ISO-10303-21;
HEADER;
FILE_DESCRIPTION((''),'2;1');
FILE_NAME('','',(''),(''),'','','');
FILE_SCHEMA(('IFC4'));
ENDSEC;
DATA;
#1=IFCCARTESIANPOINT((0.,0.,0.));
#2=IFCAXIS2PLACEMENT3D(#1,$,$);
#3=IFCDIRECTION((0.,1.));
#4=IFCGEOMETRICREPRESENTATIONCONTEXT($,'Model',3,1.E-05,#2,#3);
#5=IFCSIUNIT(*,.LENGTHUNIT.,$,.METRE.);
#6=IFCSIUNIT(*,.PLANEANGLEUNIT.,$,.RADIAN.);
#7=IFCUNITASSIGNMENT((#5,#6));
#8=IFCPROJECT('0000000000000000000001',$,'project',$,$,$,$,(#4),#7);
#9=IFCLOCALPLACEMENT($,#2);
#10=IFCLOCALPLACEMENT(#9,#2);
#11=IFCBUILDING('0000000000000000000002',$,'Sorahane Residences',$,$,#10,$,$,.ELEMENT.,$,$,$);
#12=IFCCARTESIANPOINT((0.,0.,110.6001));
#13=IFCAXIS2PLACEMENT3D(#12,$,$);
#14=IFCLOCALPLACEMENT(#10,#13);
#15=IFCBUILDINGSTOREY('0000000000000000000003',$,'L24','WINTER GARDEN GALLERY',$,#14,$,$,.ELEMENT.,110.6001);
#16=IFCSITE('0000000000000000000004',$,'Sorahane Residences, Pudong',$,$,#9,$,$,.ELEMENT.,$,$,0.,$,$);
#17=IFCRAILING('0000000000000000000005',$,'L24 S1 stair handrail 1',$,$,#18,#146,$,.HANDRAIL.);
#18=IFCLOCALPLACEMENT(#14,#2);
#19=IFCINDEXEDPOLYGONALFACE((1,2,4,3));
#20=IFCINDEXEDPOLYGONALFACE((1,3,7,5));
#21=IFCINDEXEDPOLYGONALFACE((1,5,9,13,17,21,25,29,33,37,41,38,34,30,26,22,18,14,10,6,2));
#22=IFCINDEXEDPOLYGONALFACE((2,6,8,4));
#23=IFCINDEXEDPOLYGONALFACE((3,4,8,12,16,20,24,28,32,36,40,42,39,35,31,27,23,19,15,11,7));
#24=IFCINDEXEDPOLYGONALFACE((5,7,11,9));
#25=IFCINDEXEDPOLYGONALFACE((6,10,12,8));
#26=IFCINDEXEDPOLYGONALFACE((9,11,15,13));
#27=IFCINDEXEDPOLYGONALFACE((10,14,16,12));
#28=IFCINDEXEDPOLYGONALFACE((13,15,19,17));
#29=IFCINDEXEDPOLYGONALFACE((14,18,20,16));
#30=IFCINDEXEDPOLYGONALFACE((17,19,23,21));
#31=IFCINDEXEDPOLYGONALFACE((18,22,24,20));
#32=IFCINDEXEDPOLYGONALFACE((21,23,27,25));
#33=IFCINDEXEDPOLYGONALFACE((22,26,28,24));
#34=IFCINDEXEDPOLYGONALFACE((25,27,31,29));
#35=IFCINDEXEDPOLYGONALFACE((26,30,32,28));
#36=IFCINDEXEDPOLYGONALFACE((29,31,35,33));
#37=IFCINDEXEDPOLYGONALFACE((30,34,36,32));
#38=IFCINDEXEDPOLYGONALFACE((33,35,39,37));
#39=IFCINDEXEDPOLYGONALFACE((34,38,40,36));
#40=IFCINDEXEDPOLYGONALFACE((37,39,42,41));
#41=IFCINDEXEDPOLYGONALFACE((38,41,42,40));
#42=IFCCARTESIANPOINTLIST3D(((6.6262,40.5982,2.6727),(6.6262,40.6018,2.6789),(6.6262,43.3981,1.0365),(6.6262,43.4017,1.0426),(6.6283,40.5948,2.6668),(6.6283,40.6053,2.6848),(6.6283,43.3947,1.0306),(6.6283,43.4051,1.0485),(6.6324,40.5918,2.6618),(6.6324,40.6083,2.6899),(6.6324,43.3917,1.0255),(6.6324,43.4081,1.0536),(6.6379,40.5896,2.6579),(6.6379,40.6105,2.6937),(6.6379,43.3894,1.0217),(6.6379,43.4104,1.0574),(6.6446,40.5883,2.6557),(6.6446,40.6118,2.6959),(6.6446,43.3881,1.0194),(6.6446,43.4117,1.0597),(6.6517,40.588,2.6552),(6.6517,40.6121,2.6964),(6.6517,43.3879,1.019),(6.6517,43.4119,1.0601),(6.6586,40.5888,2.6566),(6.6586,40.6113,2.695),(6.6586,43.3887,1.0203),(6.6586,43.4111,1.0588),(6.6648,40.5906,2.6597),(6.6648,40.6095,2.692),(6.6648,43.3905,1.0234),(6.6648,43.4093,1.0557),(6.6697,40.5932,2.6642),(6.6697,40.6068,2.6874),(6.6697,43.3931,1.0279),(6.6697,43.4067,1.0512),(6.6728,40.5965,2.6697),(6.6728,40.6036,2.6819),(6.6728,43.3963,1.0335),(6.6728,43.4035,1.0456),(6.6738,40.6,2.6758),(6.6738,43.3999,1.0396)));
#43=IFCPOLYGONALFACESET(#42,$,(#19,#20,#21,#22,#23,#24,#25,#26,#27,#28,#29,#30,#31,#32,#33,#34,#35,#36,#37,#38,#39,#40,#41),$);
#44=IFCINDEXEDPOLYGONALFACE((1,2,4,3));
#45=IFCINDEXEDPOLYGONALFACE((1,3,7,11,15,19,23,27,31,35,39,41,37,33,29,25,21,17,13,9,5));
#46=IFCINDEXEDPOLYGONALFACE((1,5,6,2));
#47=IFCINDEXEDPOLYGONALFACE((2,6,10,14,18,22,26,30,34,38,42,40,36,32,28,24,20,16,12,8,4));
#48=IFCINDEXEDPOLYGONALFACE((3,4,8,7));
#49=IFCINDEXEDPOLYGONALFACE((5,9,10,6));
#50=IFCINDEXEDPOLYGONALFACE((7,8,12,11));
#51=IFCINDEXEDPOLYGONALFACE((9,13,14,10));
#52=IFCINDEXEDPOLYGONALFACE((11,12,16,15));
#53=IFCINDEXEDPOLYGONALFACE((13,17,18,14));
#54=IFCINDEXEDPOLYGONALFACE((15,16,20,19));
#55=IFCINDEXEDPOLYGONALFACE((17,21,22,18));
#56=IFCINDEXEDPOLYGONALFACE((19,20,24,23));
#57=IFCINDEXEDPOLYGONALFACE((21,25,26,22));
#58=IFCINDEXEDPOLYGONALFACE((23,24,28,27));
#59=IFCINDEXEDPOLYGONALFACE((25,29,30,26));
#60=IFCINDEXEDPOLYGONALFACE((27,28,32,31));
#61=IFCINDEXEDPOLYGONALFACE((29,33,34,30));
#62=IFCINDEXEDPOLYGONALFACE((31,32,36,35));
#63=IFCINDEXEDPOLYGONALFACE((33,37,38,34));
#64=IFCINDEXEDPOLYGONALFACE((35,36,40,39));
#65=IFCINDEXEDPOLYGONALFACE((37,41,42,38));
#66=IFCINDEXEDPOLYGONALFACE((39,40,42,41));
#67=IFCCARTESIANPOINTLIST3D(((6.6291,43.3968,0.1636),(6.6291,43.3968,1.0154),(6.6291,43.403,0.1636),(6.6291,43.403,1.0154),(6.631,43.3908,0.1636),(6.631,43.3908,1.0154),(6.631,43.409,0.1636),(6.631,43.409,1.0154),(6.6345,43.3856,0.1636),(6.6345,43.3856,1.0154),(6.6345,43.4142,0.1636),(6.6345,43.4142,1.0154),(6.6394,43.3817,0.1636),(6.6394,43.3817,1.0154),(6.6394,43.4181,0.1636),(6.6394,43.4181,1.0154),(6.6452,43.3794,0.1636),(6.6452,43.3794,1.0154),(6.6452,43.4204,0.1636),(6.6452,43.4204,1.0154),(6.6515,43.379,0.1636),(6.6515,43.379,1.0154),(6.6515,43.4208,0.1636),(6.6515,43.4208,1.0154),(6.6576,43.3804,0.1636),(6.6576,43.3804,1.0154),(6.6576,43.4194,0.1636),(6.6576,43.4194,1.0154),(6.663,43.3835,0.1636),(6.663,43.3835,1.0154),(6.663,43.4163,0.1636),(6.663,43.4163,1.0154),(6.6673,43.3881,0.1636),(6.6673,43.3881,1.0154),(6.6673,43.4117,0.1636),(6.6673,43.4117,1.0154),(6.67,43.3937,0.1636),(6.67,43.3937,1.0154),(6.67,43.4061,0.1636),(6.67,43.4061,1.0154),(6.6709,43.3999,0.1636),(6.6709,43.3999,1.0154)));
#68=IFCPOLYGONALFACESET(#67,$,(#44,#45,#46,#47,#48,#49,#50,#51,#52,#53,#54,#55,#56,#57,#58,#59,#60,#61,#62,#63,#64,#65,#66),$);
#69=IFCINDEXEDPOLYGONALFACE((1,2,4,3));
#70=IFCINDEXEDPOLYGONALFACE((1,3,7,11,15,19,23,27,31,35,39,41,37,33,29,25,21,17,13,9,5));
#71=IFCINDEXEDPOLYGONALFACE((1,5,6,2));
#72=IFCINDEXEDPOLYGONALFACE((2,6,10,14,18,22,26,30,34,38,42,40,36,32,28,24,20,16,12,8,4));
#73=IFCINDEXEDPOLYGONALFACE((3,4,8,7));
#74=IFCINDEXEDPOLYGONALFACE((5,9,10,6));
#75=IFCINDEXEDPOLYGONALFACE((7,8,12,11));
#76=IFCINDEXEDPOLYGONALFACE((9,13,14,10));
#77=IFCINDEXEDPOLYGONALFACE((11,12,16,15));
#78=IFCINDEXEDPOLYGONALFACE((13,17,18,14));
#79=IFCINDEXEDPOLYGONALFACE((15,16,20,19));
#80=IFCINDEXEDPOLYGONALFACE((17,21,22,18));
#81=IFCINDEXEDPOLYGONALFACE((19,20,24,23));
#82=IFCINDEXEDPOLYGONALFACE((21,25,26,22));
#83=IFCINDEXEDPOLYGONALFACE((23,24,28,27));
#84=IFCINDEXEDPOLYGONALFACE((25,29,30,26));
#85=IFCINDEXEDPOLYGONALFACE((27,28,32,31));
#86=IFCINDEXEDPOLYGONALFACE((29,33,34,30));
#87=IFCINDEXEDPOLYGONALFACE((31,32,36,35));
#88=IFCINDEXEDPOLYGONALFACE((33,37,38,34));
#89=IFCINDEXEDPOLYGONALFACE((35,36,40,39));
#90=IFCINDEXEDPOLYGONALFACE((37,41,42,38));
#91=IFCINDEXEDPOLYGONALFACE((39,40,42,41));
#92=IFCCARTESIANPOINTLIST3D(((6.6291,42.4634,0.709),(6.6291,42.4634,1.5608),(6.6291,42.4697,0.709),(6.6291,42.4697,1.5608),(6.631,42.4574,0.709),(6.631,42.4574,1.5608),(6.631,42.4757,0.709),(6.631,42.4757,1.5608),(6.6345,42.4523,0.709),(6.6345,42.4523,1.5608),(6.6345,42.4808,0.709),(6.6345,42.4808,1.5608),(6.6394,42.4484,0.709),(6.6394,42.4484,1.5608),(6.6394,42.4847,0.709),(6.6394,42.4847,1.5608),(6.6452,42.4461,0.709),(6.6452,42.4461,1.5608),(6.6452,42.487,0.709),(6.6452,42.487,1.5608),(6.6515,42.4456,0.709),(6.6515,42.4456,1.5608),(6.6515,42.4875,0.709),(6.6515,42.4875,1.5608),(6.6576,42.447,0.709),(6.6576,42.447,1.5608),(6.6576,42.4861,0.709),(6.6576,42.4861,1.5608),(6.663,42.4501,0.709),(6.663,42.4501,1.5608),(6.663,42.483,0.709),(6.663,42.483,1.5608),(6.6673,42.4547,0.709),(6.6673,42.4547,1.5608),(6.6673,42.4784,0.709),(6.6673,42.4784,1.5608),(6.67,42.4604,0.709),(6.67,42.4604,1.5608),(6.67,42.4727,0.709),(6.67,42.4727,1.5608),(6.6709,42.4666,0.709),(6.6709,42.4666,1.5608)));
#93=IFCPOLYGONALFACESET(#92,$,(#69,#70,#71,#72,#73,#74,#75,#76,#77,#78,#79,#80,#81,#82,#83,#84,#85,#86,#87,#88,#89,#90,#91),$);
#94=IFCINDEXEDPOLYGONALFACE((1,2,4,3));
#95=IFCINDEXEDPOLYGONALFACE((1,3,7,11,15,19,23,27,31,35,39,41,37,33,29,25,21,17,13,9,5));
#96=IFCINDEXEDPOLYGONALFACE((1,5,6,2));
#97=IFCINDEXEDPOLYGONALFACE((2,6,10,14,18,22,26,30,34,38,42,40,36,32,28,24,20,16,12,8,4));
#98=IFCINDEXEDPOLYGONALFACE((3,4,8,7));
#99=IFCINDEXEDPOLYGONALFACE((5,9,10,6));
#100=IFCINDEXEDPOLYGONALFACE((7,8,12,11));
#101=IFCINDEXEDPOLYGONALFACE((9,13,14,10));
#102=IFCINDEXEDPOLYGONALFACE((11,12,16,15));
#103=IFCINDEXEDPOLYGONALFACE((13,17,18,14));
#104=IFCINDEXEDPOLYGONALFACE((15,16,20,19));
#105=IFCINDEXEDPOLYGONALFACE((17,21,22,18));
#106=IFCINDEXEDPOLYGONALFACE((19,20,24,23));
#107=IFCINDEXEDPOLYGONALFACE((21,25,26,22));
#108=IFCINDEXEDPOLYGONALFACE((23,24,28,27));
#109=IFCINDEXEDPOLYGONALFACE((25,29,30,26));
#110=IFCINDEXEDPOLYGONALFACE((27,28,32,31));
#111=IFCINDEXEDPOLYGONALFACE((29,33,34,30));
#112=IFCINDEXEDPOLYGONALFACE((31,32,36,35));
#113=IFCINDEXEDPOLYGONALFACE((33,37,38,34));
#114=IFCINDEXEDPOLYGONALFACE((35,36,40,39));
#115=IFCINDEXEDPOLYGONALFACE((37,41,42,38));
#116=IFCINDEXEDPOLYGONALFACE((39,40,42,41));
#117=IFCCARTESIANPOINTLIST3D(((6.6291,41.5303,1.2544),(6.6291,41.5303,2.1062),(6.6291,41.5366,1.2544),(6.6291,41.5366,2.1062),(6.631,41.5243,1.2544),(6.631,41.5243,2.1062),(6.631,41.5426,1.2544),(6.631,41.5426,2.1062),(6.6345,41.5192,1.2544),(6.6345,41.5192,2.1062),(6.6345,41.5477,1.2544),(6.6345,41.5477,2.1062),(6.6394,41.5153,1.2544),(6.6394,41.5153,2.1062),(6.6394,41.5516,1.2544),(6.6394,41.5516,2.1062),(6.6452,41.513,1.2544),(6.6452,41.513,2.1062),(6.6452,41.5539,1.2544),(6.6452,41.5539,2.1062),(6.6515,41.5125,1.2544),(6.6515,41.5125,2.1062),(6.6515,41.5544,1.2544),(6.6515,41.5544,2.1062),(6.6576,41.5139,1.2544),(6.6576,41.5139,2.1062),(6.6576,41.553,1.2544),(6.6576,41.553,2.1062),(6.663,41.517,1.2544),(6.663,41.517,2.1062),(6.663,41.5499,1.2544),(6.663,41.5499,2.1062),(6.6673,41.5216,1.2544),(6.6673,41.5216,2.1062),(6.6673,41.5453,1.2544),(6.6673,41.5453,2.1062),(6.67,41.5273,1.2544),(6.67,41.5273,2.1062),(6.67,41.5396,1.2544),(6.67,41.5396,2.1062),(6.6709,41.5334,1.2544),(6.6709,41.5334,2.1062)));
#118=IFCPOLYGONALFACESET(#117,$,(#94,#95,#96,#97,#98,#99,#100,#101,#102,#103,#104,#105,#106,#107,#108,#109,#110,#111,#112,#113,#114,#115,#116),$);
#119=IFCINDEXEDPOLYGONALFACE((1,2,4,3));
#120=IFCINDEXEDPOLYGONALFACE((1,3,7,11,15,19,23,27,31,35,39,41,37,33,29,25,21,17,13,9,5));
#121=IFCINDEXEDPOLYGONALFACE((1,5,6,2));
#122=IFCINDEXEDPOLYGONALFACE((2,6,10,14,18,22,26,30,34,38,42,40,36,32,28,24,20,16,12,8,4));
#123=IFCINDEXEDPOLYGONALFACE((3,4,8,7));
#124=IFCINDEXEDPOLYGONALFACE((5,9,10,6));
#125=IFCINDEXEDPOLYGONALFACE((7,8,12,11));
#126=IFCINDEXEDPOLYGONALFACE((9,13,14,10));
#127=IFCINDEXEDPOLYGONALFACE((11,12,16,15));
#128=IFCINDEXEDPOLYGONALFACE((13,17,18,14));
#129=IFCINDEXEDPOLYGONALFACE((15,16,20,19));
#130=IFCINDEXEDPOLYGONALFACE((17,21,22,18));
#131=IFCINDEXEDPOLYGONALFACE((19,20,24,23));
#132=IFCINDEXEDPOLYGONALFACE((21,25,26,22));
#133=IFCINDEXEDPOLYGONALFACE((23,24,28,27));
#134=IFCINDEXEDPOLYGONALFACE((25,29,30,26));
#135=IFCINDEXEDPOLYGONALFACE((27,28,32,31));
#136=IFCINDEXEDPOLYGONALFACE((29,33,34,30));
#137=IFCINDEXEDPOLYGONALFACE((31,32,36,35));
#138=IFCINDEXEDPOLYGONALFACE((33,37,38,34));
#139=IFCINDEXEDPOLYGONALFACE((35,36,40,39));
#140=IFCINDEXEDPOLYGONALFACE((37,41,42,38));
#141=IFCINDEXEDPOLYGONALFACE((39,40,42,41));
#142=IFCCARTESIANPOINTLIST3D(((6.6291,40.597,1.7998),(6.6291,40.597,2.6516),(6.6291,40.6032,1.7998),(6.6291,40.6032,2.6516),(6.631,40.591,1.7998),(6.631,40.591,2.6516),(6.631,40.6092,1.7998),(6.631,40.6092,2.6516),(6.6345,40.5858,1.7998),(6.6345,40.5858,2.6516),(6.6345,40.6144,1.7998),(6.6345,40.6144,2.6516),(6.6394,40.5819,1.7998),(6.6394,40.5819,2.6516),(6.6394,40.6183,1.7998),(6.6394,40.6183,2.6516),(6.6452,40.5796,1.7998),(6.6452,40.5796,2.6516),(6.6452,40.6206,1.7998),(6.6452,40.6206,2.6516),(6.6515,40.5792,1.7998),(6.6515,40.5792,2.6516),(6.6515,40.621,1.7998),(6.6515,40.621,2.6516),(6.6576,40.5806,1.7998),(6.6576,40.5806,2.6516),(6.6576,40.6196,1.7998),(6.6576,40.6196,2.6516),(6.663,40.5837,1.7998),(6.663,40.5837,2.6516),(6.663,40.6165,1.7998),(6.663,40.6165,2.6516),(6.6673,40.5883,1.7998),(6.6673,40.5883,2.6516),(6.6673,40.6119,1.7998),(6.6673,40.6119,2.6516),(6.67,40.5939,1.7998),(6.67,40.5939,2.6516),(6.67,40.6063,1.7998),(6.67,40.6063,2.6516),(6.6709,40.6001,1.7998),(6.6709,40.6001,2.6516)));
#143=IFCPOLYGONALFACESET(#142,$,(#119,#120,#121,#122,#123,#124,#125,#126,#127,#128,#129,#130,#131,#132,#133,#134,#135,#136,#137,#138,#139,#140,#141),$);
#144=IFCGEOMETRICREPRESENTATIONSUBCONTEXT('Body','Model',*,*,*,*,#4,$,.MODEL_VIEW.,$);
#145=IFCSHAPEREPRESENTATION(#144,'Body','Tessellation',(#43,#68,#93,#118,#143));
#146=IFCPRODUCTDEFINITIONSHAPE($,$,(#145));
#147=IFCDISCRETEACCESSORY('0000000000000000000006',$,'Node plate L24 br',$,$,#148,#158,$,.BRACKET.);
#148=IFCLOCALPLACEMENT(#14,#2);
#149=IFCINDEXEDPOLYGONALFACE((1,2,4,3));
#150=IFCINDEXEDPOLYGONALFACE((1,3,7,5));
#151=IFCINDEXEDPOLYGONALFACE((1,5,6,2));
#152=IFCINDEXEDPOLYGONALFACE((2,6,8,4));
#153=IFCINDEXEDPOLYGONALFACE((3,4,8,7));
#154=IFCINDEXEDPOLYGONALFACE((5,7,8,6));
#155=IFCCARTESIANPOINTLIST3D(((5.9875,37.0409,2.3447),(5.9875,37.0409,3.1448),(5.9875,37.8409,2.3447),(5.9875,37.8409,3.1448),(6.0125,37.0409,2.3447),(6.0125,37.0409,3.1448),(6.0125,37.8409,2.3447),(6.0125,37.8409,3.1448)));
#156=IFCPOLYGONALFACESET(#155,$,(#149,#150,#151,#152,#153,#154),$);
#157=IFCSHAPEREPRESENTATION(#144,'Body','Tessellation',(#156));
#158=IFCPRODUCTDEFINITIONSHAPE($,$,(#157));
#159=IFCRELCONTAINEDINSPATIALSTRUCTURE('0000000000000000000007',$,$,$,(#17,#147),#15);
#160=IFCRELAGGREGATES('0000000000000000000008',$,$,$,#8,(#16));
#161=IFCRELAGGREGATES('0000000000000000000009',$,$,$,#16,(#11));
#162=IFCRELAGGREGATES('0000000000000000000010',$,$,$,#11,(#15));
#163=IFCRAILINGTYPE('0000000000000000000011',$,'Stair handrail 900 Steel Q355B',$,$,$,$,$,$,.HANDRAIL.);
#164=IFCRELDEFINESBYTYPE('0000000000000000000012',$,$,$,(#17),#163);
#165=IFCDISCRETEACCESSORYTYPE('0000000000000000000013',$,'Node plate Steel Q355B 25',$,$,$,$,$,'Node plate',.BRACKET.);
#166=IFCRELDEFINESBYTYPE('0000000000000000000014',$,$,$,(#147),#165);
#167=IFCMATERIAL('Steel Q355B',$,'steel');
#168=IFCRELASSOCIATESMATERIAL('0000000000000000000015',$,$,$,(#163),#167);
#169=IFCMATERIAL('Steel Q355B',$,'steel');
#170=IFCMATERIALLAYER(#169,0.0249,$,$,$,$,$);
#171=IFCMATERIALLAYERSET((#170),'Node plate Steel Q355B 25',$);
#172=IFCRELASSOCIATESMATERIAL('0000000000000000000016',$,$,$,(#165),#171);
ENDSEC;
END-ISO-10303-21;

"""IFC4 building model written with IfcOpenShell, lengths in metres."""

from ifc_helpers import new_model, si_unit, direction, frame, origin, origin_2d, place, context, subcontext, project, spatial, rectangle, circle, extrude, material, layer, layer_set, type_object, element, save


model = new_model("IFC4")

# Units and contexts
model_context = context("Model", 3, precision=1e-05, world=origin(), true_north=direction((0.0, 1.0)))
body_context = subcontext(model_context, "Body", "Model", "MODEL_VIEW")
ifc_project = project(units=[si_unit("LENGTHUNIT", "METRE"), si_unit("PLANEANGLEUNIT", "RADIAN")], contexts=[model_context])

# Site, building, storey
site_placement = place(None, origin())
site = spatial("IfcSite", under=ifc_project, at=site_placement, Name="Sorahane Residences, Pudong", CompositionType="ELEMENT", RefElevation=0.0)
building_placement = place(site_placement, origin())
building = spatial("IfcBuilding", under=site, at=building_placement, Name="Sorahane Residences", CompositionType="ELEMENT")
storey_placement = place(building_placement, frame((0.0, 0.0, 110.6001)))
storey = spatial("IfcBuildingStorey", under=building, at=storey_placement, Name="L24", Description="WINTER GARDEN GALLERY", CompositionType="ELEMENT", Elevation=110.6001)

# Railing
ifc_material_1 = material(Name="Steel Q355B", Category="steel")
railing_type = type_object("IfcRailingType", Name="Stair handrail 900 Steel Q355B", PredefinedType="HANDRAIL", material=ifc_material_1)
railing_placement = place(storey_placement, frame((6.6499, 43.3999, 0.1636)))
element("IfcRailing", 1, at=railing_placement, inside=storey, type_object=railing_type, Name="L24 S1 stair handrail 1", PredefinedType="HANDRAIL", context=body_context, shape_type="SweptSolid", body=[
    extrude(circle(Radius=0.0239, at=origin_2d()), frame((0.0, 0.0, 0.876), z_axis=(0.0, -0.863374, 0.504564), x_axis=(1.0, 0.0, 0.0)), (0.0, 0.0, 1.0), 3.2429),
    extrude(circle(Radius=0.021, at=origin_2d()), origin(), (0.0, 0.0, 1.0), 0.8518),
    extrude(circle(Radius=0.021, at=origin_2d()), frame((0.0, -0.9333, 0.5454)), (0.0, 0.0, 1.0), 0.8518),
    extrude(circle(Radius=0.021, at=origin_2d()), frame((0.0, -1.8665, 1.0908)), (0.0, 0.0, 1.0), 0.8518),
    extrude(circle(Radius=0.021, at=origin_2d()), frame((0.0, -2.7998, 1.6362)), (0.0, 0.0, 1.0), 0.8518),
])

# Discrete accessory
ifc_material_2 = material(Name="Steel Q355B", Category="steel")
ifc_layer_1 = layer(ifc_material_2, 0.0249)
ifc_layer_set_1 = layer_set([ifc_layer_1], Name="Node plate Steel Q355B 25")
discrete_accessory_type = type_object("IfcDiscreteAccessoryType", Name="Node plate Steel Q355B 25", ElementType="Node plate", PredefinedType="BRACKET", material=ifc_layer_set_1)
discrete_accessory_placement = place(storey_placement, frame((6.0, 37.4409, 2.3447), z_axis=(0.0, 0.0, 1.0), x_axis=(0.0, 1.0, 0.0)))
element("IfcDiscreteAccessory", 2, at=discrete_accessory_placement, inside=storey, type_object=discrete_accessory_type, Name="Node plate L24 br", PredefinedType="BRACKET", context=body_context, shape_type="SweptSolid", body=[
    extrude(rectangle(XDim=0.8, YDim=0.0249, at=origin_2d()), origin(), (0.0, 0.0, 1.0), 0.8),
])

save(model, "model.ifc")
